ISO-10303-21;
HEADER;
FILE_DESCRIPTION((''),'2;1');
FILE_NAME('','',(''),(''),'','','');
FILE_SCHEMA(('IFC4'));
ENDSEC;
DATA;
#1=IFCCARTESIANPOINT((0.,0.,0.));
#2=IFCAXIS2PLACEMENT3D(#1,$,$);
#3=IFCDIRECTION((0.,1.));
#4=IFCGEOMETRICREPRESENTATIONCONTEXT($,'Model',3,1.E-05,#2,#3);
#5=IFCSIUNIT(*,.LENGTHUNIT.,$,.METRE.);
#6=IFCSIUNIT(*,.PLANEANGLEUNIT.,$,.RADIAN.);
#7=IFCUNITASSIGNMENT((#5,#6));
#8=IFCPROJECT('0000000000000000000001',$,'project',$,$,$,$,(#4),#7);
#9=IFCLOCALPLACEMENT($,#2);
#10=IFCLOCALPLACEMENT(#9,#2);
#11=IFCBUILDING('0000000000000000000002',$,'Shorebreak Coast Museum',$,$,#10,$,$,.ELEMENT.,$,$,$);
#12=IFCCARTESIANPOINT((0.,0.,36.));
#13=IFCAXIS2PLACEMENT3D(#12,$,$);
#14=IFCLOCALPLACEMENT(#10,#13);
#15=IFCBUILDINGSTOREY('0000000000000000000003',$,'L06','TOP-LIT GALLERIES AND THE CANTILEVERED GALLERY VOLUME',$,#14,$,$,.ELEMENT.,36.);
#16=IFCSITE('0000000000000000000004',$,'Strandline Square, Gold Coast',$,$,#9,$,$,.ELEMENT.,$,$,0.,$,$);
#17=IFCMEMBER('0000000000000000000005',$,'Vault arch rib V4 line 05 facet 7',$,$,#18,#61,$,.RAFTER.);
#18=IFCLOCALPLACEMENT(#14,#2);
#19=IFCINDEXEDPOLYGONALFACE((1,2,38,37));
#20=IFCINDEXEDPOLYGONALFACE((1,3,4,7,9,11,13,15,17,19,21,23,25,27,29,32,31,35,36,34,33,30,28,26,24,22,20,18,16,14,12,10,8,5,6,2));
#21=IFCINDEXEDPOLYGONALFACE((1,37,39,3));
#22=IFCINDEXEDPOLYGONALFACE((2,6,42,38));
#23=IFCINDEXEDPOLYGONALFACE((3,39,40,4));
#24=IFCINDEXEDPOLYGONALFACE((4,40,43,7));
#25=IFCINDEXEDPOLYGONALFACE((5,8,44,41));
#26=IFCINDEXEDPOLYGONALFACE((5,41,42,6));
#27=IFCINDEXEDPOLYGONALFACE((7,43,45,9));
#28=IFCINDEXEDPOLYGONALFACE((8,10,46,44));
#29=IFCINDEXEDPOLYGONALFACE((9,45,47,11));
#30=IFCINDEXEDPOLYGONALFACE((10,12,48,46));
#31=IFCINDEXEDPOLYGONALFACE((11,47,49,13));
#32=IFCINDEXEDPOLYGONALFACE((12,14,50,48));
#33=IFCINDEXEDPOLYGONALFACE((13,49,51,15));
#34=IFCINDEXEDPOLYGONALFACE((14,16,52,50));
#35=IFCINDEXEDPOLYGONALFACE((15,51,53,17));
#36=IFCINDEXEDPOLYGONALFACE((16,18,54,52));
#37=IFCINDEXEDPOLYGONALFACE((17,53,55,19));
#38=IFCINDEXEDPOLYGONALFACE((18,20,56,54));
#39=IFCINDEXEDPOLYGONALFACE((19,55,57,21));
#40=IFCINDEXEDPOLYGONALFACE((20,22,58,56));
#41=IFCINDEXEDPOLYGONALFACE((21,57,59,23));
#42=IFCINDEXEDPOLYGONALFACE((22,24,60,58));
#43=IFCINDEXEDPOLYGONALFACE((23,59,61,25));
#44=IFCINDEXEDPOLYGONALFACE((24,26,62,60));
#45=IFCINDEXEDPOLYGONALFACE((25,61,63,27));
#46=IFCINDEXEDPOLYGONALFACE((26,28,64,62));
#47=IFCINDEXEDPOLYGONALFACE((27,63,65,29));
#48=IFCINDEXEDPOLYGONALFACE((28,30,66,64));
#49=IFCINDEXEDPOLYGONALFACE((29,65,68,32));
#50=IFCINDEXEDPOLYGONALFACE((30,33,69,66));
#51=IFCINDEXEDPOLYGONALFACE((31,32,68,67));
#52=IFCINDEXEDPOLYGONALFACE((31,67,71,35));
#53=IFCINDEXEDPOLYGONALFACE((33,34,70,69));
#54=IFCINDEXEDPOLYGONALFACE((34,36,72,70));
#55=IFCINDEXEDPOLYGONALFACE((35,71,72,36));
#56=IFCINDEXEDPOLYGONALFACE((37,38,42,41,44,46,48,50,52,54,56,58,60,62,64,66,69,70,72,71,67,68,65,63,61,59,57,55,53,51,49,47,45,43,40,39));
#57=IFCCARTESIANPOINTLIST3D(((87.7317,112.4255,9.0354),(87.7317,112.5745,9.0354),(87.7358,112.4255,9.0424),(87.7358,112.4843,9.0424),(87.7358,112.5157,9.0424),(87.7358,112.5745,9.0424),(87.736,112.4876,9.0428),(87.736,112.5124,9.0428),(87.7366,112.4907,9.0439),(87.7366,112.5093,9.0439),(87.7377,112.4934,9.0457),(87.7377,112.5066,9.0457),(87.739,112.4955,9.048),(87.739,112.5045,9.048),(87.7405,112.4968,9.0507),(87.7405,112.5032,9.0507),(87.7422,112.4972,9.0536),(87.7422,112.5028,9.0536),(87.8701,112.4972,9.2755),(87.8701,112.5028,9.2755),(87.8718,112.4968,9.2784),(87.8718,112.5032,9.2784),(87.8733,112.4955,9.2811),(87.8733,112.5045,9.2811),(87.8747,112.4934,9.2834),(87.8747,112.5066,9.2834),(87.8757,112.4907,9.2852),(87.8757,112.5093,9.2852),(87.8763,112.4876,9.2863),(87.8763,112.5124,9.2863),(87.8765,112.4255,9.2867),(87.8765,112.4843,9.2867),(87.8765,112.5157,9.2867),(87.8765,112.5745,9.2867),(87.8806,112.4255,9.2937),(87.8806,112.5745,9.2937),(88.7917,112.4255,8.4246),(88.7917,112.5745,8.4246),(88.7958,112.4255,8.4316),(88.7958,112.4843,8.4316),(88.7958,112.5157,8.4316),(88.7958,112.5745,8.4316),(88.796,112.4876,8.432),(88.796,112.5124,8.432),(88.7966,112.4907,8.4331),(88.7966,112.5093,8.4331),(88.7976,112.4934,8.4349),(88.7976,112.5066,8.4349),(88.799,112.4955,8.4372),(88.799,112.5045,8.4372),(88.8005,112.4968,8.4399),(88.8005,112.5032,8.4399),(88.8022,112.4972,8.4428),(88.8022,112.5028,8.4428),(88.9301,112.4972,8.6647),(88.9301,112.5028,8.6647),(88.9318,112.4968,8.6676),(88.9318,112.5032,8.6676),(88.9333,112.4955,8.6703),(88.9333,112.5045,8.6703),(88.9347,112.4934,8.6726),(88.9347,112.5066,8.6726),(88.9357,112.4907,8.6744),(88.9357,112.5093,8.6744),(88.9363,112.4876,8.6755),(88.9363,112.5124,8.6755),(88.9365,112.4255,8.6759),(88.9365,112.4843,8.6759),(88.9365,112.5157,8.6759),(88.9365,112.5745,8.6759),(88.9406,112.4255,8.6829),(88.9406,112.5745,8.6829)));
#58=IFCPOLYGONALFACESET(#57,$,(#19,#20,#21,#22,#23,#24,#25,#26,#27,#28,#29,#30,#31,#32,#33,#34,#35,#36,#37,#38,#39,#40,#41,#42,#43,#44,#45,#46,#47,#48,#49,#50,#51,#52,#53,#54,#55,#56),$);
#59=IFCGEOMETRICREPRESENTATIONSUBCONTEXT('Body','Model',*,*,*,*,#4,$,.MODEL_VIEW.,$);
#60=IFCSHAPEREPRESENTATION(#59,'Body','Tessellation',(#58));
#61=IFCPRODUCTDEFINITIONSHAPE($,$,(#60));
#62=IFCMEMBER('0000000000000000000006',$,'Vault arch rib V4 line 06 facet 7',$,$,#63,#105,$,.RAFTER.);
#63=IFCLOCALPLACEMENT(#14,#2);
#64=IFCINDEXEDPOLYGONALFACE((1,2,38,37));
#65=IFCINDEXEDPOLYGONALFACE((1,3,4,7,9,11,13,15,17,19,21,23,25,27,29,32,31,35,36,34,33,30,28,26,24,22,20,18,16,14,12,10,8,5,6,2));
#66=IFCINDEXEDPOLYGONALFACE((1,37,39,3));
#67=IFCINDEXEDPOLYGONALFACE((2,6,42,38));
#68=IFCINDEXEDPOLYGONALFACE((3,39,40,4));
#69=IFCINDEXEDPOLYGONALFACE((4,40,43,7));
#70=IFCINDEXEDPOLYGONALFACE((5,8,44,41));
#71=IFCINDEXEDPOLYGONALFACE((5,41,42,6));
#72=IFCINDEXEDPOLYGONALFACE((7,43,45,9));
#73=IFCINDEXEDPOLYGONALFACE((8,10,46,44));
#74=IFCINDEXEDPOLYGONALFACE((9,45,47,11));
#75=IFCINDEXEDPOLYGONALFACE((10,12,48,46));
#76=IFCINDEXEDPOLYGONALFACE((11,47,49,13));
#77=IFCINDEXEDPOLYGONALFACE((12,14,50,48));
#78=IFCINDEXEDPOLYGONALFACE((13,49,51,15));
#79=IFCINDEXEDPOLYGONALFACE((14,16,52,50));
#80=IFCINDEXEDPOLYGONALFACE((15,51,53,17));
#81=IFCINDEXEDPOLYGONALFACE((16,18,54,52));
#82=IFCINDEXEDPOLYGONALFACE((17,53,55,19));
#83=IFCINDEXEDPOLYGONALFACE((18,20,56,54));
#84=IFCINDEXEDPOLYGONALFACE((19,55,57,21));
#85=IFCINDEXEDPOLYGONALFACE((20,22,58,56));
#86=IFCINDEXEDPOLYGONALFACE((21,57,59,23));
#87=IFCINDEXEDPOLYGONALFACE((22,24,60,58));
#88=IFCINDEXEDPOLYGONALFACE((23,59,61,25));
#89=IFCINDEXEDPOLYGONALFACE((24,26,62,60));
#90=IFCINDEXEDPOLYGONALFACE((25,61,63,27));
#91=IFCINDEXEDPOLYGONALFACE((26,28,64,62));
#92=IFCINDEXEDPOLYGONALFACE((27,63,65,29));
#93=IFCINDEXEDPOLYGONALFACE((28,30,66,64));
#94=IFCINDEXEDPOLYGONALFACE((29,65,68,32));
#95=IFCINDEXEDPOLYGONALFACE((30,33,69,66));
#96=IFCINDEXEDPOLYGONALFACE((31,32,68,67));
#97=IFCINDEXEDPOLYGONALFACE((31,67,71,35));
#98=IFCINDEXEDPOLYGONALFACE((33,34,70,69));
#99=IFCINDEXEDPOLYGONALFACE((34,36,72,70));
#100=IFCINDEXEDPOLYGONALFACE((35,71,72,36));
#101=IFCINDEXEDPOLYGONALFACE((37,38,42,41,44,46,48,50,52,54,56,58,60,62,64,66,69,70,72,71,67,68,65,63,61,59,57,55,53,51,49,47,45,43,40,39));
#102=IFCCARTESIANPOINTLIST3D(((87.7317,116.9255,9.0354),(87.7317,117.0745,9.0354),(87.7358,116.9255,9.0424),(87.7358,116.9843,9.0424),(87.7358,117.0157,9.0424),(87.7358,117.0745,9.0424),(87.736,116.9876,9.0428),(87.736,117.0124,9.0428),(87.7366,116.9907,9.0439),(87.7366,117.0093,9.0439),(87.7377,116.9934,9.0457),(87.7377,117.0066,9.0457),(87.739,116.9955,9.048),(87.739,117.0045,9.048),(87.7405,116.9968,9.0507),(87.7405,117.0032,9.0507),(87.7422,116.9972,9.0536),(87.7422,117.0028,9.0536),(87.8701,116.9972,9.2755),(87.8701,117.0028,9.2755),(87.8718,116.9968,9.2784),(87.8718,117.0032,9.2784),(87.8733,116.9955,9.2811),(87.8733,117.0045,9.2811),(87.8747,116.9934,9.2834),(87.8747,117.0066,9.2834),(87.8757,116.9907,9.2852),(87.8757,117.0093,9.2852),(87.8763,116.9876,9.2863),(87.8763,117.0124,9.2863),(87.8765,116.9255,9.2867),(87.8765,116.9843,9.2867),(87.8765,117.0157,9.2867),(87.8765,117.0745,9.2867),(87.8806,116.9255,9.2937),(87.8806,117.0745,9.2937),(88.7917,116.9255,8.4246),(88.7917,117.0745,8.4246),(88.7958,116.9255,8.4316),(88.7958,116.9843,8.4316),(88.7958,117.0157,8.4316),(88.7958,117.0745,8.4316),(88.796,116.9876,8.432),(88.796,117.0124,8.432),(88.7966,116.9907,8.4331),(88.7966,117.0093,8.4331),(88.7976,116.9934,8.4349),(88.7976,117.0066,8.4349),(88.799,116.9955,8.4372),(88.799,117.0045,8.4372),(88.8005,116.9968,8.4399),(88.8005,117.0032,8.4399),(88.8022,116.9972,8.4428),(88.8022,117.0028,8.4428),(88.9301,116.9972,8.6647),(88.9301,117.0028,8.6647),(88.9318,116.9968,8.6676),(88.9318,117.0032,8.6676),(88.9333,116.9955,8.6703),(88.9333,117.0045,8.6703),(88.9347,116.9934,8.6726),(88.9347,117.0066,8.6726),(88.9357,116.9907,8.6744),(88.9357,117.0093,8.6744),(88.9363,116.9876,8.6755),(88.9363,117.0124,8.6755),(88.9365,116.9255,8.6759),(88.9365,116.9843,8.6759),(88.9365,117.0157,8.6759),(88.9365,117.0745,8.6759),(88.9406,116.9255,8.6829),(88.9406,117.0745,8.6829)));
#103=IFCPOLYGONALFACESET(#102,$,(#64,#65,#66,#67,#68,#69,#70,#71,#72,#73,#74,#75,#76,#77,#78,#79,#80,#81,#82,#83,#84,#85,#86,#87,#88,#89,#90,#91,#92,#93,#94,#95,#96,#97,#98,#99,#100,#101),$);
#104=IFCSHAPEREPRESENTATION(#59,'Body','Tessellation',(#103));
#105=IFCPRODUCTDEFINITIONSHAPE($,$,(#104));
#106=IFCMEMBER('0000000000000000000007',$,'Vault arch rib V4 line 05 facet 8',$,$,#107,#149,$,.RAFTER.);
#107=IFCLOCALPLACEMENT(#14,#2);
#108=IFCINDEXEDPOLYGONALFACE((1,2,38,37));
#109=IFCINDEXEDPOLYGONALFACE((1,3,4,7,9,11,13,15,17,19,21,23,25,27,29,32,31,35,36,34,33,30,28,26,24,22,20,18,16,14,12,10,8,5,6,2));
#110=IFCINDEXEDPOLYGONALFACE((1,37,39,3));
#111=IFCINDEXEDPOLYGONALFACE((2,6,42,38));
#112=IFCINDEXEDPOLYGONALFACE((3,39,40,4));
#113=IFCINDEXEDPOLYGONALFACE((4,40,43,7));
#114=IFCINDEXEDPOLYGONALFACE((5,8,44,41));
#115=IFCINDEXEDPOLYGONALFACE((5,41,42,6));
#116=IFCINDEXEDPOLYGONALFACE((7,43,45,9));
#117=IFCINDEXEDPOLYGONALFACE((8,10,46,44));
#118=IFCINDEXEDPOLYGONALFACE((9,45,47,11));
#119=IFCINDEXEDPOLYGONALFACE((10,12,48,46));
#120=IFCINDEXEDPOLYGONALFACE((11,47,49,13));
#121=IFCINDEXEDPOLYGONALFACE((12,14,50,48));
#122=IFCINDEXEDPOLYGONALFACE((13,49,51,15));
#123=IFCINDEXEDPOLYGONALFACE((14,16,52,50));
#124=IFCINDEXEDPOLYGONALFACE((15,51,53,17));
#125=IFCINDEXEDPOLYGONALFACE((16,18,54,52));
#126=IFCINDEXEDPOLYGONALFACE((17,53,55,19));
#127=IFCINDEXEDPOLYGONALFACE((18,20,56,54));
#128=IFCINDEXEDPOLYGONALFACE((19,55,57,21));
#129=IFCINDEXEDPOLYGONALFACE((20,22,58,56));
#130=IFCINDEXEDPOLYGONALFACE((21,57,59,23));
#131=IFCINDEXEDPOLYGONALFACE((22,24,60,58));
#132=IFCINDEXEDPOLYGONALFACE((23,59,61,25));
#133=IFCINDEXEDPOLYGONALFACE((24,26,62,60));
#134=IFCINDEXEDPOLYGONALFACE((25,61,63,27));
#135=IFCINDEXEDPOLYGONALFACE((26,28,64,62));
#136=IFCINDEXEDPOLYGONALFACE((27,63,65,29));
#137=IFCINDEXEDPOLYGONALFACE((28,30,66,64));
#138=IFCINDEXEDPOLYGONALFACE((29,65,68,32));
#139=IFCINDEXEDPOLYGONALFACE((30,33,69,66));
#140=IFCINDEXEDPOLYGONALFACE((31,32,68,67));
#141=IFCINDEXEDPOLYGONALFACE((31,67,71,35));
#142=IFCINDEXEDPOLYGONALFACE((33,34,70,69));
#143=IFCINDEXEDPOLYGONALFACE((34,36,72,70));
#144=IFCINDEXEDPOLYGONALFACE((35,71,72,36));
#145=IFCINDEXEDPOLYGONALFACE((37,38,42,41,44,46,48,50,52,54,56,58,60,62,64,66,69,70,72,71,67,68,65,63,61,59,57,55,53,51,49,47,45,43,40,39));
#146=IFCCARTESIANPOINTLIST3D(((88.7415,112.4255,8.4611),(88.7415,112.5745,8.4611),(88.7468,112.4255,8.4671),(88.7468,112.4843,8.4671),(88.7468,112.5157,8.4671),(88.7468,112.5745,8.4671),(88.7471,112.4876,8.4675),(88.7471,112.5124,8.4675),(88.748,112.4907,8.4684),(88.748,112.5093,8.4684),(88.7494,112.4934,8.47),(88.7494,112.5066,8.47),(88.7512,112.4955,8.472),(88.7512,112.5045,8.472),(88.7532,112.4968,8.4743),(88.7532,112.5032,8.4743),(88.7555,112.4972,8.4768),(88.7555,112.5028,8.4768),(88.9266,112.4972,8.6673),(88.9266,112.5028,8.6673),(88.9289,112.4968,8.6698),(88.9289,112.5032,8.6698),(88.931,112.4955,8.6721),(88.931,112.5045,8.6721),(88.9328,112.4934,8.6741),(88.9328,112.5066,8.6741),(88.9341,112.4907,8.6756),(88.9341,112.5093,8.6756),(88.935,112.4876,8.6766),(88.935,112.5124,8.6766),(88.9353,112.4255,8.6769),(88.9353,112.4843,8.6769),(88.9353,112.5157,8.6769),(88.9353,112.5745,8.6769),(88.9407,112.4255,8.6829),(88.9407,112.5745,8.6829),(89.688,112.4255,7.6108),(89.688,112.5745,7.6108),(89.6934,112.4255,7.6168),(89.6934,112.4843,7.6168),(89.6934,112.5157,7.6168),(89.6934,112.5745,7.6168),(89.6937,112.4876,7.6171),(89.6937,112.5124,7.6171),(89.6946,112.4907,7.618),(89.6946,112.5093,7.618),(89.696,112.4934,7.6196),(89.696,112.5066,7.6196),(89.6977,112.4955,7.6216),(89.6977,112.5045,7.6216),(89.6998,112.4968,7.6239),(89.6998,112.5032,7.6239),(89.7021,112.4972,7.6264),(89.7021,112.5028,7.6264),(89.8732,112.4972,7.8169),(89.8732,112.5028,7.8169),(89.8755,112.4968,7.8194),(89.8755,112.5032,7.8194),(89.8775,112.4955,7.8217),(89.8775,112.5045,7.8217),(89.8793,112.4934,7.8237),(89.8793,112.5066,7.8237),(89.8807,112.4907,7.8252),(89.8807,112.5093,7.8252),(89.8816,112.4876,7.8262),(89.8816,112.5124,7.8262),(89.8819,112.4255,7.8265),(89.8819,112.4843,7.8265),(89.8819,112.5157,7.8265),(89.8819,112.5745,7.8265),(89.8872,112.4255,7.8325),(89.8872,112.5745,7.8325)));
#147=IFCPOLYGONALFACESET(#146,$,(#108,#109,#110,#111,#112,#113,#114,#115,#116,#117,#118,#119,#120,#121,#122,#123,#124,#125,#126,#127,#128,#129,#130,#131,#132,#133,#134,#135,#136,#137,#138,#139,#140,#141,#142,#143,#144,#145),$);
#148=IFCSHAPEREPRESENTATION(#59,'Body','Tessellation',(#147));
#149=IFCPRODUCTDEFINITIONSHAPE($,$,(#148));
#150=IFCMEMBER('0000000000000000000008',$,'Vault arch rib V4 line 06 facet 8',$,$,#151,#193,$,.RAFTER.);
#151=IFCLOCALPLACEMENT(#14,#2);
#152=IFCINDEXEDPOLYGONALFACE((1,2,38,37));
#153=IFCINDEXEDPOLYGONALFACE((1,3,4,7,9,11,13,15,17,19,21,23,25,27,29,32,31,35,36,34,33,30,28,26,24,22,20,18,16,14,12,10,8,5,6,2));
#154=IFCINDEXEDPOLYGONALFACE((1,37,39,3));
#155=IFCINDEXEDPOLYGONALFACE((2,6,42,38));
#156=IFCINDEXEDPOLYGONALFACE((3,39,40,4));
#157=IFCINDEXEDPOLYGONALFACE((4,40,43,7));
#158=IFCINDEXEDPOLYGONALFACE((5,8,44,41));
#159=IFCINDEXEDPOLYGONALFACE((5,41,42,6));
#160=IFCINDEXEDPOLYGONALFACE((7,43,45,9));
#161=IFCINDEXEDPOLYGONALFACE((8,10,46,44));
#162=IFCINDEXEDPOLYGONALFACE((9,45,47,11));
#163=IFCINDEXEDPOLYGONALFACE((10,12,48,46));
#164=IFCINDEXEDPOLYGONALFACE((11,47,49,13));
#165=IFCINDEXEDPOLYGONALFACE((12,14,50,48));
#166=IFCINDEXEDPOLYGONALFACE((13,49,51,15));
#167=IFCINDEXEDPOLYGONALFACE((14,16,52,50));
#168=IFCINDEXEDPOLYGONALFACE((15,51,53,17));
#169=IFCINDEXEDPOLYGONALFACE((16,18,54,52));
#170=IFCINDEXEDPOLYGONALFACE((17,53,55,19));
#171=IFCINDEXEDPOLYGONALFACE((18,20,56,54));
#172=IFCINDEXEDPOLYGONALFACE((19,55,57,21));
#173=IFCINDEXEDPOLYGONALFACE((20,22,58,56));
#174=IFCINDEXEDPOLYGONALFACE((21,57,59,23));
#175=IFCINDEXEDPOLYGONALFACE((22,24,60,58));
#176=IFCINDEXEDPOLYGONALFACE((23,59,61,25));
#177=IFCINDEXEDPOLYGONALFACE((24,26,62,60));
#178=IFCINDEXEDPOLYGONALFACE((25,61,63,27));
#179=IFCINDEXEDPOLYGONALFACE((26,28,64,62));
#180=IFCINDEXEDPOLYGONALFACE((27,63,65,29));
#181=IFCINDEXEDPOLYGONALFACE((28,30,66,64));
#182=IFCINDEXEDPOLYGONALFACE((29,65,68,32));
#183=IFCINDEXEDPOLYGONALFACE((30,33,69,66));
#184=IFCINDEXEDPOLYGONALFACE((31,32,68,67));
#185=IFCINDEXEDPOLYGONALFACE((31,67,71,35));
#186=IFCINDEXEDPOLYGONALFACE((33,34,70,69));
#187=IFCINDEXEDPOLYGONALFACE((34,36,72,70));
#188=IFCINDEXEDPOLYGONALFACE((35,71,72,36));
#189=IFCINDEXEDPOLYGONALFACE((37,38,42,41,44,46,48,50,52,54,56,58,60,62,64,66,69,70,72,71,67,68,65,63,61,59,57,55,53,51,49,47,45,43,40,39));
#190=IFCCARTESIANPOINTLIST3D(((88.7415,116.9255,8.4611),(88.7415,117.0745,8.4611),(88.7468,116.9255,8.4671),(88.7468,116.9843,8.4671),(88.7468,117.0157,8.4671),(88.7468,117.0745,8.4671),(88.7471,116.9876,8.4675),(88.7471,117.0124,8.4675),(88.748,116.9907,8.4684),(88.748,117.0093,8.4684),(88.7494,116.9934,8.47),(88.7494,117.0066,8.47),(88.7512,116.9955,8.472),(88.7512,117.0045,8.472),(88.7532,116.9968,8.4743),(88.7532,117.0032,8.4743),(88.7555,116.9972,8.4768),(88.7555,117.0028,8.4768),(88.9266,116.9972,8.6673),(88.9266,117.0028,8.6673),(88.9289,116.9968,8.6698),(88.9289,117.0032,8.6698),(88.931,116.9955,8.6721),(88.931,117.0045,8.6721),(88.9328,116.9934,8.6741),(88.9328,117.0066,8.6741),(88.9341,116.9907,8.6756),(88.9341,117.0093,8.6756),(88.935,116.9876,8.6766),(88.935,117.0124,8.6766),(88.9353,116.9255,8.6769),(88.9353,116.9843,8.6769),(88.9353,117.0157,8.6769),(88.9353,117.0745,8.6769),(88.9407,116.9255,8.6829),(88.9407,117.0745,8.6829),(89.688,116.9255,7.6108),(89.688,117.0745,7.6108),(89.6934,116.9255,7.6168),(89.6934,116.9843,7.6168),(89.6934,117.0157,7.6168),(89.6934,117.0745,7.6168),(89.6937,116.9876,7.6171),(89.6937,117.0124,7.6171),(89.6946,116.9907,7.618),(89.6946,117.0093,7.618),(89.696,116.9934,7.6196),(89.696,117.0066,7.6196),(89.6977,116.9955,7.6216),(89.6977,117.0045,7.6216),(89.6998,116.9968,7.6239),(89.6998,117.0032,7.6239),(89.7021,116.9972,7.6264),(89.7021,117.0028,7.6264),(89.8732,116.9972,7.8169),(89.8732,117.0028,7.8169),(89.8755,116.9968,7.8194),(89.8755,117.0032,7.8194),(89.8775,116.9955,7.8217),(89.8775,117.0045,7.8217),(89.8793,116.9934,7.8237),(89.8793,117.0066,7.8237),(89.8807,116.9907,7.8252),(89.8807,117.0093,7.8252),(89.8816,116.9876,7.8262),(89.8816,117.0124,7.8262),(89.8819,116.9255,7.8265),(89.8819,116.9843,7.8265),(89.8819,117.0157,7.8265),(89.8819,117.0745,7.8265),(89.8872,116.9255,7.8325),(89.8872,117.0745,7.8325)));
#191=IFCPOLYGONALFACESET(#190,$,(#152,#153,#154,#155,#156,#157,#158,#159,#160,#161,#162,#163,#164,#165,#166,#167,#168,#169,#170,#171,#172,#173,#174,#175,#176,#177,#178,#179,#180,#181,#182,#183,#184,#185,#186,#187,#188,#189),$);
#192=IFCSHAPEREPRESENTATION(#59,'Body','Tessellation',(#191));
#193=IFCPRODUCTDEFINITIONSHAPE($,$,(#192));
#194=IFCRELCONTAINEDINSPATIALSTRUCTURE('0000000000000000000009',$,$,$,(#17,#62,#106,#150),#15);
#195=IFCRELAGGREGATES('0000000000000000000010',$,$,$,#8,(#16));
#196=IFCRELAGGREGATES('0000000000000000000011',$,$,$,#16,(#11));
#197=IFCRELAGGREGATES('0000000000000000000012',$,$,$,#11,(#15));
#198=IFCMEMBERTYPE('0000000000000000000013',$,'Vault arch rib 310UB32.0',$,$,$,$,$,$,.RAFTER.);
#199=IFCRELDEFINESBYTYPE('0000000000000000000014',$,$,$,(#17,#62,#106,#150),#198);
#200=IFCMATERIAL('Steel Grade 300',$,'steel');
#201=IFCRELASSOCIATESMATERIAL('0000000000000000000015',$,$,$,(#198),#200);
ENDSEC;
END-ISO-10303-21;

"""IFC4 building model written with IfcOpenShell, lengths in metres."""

from ifc_helpers import new_model, si_unit, direction, frame, origin, origin_2d, place, context, subcontext, project, spatial, i_section, extrude, material, material_profile, profile_set, type_object, element, save


model = new_model("IFC4")

# Units and contexts
model_context = context("Model", 3, precision=1e-05, world=origin(), true_north=direction((0.0, 1.0)))
body_context = subcontext(model_context, "Body", "Model", "MODEL_VIEW")
ifc_project = project(units=[si_unit("LENGTHUNIT", "METRE"), si_unit("PLANEANGLEUNIT", "RADIAN")], contexts=[model_context])

# Site, building, storey
site_placement = place(None, origin())
site = spatial("IfcSite", under=ifc_project, at=site_placement, Name="Strandline Square, Gold Coast", CompositionType="ELEMENT", RefElevation=0.0)
building_placement = place(site_placement, origin())
building = spatial("IfcBuilding", under=site, at=building_placement, Name="Shorebreak Coast Museum", CompositionType="ELEMENT")
storey_placement = place(building_placement, frame((0.0, 0.0, 36.0)))
storey = spatial("IfcBuildingStorey", under=building, at=storey_placement, Name="L06", Description="TOP-LIT GALLERIES AND THE CANTILEVERED GALLERY VOLUME", CompositionType="ELEMENT", Elevation=36.0)

# Members
ifc_material_1 = material(Name="Steel Grade 300", Category="steel")
ifc_material_profile_1 = material_profile(ifc_material_1, i_section(OverallWidth=0.1489, OverallDepth=0.2981, WebThickness=0.0056, FlangeThickness=0.0081, FilletRadius=0.0129, at=origin_2d()), Name="310UB32.0")
ifc_profile_set_1 = profile_set([ifc_material_profile_1], Name="Steel Grade 300")
member_type_1 = type_object("IfcMemberType", Name="Vault arch rib 310UB32.0", PredefinedType="RAFTER", material=ifc_profile_set_1)
for number, where, z_axis, x_axis, name in (
    (1, (87.8062, 112.5, 9.1646), (0.866445, 0.0, -0.499273), (0.0, 1.0, 0.0), "Vault arch rib V4 line 05 facet 7"),
    (2, (87.8062, 117.0, 9.1646), (0.866445, 0.0, -0.499273), (0.0, 1.0, 0.0), "Vault arch rib V4 line 06 facet 7"),
):
    element("IfcMember", number, at=place(storey_placement, frame(where, z_axis=z_axis, x_axis=x_axis)), inside=storey, type_object=member_type_1, Name=name, PredefinedType="RAFTER", context=body_context, shape_type="SweptSolid", body=[
        extrude(i_section(OverallWidth=0.1489, OverallDepth=0.2981, WebThickness=0.0056, FlangeThickness=0.0081, FilletRadius=0.0129, at=origin_2d()), origin(), (0.0, 0.0, 1.0), 1.2234),
    ])
for number, where, z_axis, x_axis, name in (
    (3, (88.8411, 112.5, 8.572), (0.743895, 0.0, -0.668297), (0.0, 1.0, 0.0), "Vault arch rib V4 line 05 facet 8"),
    (4, (88.8411, 117.0, 8.572), (0.743895, 0.0, -0.668297), (0.0, 1.0, 0.0), "Vault arch rib V4 line 06 facet 8"),
):
    element("IfcMember", number, at=place(storey_placement, frame(where, z_axis=z_axis, x_axis=x_axis)), inside=storey, type_object=member_type_1, Name=name, PredefinedType="RAFTER", context=body_context, shape_type="SweptSolid", body=[
        extrude(i_section(OverallWidth=0.1489, OverallDepth=0.2981, WebThickness=0.0056, FlangeThickness=0.0081, FilletRadius=0.0129, at=origin_2d()), origin(), (0.0, 0.0, 1.0), 1.2725),
    ])

save(model, "model.ifc")
